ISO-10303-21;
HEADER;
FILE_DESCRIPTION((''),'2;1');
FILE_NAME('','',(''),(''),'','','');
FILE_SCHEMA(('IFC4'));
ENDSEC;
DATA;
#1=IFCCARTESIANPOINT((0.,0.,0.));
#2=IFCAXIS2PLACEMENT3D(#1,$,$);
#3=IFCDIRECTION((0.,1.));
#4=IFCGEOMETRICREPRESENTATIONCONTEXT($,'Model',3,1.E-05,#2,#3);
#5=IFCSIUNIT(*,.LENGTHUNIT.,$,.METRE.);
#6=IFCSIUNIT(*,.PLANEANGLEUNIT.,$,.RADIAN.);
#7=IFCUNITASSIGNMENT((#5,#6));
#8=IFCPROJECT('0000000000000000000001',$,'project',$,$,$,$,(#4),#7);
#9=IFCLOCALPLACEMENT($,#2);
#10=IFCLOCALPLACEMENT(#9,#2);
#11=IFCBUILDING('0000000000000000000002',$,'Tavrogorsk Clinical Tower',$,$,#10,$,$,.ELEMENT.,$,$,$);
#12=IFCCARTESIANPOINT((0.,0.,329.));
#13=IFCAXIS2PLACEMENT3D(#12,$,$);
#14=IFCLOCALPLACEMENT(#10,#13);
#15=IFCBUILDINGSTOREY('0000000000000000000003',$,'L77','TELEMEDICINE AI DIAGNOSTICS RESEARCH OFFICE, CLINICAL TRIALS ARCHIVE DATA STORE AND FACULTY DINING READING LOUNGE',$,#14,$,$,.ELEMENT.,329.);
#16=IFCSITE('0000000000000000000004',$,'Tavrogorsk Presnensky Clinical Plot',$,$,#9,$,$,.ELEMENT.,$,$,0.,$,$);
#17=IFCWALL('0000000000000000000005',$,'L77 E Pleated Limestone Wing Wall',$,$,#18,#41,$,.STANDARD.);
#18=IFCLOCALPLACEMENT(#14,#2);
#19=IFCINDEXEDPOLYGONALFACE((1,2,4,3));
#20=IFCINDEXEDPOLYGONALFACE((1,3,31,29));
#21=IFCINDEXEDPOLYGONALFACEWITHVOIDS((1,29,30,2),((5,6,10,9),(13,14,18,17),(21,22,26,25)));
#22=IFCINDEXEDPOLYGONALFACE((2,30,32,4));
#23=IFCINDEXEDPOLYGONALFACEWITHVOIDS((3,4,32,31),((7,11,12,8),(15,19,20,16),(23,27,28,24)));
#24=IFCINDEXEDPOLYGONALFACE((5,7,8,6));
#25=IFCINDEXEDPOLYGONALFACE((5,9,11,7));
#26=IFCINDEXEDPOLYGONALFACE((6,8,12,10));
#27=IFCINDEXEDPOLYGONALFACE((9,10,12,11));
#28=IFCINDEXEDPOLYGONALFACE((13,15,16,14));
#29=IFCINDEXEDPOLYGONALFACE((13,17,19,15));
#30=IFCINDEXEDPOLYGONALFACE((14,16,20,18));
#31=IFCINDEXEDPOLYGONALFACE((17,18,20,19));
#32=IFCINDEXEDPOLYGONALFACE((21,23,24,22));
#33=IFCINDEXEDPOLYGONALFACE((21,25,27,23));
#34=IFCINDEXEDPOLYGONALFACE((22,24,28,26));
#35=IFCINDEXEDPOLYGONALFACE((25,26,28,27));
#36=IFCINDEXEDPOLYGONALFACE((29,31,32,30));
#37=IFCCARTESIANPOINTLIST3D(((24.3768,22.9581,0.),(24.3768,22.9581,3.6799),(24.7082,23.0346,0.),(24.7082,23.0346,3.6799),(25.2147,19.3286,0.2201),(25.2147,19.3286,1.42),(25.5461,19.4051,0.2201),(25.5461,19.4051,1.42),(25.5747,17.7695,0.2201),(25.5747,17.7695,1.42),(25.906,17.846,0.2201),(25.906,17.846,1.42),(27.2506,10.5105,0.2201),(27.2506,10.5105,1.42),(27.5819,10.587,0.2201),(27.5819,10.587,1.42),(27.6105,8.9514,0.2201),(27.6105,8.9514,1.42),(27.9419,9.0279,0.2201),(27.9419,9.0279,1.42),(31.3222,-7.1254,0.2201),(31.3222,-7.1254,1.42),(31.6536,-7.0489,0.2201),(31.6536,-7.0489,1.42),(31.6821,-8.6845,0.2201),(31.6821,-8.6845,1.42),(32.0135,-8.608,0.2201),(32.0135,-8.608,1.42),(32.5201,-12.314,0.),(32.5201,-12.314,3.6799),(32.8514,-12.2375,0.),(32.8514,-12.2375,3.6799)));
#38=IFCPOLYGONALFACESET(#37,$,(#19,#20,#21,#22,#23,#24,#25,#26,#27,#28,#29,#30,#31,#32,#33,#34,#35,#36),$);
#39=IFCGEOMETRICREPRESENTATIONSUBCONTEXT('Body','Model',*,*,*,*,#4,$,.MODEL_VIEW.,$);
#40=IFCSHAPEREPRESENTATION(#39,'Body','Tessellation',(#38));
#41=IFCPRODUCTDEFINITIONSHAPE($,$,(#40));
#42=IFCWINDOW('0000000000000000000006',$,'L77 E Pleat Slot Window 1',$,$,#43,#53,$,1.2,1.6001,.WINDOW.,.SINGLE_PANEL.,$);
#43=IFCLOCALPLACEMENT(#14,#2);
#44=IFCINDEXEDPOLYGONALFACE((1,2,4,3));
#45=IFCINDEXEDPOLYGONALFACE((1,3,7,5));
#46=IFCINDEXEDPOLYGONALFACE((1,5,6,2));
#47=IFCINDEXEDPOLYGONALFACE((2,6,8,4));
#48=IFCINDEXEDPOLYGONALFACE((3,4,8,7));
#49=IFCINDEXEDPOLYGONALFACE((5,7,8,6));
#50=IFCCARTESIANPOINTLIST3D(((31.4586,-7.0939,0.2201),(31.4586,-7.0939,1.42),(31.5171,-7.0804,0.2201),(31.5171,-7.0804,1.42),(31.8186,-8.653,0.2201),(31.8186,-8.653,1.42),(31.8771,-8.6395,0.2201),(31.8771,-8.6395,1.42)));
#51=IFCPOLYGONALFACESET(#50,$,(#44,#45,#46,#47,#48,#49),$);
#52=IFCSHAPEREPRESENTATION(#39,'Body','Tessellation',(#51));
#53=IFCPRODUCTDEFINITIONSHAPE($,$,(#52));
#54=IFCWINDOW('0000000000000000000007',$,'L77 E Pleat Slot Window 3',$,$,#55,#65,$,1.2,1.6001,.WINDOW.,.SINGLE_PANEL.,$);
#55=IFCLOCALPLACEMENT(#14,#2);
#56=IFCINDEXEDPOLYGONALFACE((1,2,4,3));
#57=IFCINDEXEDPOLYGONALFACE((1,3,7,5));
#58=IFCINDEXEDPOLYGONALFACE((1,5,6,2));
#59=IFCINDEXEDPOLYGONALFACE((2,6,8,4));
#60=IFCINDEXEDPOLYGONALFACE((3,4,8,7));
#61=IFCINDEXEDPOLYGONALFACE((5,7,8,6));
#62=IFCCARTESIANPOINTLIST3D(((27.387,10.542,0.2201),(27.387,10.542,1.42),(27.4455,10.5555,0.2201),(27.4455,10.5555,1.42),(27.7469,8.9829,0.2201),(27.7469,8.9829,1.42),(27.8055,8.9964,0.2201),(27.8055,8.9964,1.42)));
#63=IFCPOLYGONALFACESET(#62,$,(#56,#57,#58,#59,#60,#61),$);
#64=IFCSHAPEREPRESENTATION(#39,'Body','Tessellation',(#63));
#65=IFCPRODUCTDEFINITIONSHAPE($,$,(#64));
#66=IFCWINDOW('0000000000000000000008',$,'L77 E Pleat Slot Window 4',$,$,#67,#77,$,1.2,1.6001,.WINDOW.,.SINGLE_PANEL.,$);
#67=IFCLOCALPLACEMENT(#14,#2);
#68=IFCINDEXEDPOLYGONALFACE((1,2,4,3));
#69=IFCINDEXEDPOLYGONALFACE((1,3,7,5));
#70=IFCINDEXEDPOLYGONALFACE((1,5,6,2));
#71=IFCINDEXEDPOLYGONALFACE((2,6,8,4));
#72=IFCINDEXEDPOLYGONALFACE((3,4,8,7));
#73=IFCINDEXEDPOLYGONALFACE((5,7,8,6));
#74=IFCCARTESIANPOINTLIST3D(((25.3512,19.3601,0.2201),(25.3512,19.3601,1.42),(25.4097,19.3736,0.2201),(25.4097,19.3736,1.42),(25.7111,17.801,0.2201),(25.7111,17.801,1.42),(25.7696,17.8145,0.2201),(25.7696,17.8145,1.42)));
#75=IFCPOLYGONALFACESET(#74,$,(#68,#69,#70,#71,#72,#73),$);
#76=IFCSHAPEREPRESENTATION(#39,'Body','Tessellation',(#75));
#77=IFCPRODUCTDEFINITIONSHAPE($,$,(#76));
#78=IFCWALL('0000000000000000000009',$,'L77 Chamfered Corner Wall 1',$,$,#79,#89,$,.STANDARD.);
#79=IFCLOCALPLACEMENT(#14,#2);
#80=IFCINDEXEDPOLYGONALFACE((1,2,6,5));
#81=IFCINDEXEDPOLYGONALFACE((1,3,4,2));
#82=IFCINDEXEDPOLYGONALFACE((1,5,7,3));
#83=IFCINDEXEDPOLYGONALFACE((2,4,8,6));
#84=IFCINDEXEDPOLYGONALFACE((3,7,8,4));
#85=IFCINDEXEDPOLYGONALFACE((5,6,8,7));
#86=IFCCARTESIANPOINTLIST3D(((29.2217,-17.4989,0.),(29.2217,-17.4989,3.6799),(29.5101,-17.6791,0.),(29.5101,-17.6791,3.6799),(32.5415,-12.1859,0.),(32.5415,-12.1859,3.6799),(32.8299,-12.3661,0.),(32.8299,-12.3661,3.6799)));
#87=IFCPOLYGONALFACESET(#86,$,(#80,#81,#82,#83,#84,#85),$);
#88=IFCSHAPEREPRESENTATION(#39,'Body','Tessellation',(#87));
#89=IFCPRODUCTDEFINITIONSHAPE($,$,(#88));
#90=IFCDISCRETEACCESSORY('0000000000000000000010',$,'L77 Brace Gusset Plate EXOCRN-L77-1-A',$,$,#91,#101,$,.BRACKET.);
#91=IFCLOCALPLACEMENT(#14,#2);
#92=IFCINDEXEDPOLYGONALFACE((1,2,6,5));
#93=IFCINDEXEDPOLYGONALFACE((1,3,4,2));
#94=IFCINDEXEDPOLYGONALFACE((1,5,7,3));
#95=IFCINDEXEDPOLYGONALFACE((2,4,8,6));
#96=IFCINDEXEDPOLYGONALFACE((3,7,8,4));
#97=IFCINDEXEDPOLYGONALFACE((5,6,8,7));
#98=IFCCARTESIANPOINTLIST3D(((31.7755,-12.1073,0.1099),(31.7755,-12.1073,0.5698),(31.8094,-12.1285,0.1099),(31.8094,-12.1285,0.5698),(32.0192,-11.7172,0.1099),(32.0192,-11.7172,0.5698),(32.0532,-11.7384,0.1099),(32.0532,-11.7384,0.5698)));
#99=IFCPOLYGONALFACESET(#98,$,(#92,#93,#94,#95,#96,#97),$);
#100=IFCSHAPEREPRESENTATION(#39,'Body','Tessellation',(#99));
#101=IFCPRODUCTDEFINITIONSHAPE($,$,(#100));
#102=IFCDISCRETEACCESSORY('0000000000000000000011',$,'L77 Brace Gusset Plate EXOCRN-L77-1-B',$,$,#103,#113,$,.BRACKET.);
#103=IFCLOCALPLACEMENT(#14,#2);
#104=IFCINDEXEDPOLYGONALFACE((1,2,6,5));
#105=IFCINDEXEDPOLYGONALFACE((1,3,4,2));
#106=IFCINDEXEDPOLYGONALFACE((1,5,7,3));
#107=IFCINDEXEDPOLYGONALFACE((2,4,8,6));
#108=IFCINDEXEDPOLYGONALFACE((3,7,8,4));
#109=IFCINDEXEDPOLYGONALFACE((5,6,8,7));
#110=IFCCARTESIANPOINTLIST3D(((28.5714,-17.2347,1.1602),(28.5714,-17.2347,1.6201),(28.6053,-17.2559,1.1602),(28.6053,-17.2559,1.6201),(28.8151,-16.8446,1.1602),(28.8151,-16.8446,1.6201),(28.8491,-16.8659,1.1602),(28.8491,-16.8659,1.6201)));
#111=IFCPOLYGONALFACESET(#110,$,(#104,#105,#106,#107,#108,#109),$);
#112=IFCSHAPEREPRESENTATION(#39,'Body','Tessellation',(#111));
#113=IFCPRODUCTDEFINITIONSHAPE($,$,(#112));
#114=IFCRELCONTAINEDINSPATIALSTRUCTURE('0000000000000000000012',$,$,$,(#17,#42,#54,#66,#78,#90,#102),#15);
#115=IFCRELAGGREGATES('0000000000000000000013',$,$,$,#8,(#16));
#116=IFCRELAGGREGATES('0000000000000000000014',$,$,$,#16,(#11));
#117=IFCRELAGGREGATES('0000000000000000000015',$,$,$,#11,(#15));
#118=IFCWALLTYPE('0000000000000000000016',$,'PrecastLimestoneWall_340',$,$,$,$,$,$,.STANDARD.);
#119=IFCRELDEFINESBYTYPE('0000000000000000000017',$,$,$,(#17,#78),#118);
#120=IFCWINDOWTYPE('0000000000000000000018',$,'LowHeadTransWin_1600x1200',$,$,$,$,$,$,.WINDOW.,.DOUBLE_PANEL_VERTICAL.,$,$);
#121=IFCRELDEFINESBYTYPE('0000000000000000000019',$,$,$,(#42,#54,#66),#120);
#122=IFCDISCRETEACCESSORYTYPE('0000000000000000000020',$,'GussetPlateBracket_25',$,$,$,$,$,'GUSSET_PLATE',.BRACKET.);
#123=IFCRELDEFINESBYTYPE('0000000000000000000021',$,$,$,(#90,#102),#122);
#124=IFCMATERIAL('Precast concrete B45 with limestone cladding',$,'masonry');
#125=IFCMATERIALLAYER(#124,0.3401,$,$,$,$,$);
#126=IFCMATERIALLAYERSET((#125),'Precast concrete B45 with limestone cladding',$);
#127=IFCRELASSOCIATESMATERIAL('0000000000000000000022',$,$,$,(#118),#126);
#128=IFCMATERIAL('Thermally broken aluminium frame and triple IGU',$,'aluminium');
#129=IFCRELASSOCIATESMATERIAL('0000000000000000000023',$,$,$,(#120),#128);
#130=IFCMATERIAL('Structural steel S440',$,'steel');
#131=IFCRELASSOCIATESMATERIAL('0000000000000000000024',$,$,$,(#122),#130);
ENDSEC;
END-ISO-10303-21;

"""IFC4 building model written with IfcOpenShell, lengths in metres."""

from ifc_helpers import new_model, si_unit, direction, frame, frame_2d, origin, origin_2d, place, context, subcontext, project, spatial, rectangle, extrude, material, layer, layer_set, type_object, element, fill, save


model = new_model("IFC4")

# Units and contexts
model_context = context("Model", 3, precision=1e-05, world=origin(), true_north=direction((0.0, 1.0)))
body_context = subcontext(model_context, "Body", "Model", "MODEL_VIEW")
ifc_project = project(units=[si_unit("LENGTHUNIT", "METRE"), si_unit("PLANEANGLEUNIT", "RADIAN")], contexts=[model_context])

# Site, building, storey
site_placement = place(None, origin())
site = spatial("IfcSite", under=ifc_project, at=site_placement, Name="Tavrogorsk Presnensky Clinical Plot", CompositionType="ELEMENT", RefElevation=0.0)
building_placement = place(site_placement, origin())
building = spatial("IfcBuilding", under=site, at=building_placement, Name="Tavrogorsk Clinical Tower", CompositionType="ELEMENT")
storey_placement = place(building_placement, frame((0.0, 0.0, 329.0)))
storey = spatial("IfcBuildingStorey", under=building, at=storey_placement, Name="L77", Description="TELEMEDICINE AI DIAGNOSTICS RESEARCH OFFICE, CLINICAL TRIALS ARCHIVE DATA STORE AND FACULTY DINING READING LOUNGE", CompositionType="ELEMENT", Elevation=329.0)

# Wall, openings, windows
ifc_material_1 = material(Name="Precast concrete B45 with limestone cladding", Category="masonry")
ifc_layer_1 = layer(ifc_material_1, 0.3401)
ifc_layer_set_1 = layer_set([ifc_layer_1], Name="Precast concrete B45 with limestone cladding")
wall_type_1 = type_object("IfcWallType", Name="PrecastLimestoneWall_340", PredefinedType="STANDARD", material=ifc_layer_set_1)
wall_1_placement = place(storey_placement, frame((32.6858, -12.2759, 0.0), z_axis=(0.0, 0.0, 1.0), x_axis=(-0.224953, 0.97437, 0.0)))
wall_1 = element("IfcWall", 1, at=wall_1_placement, inside=storey, type_object=wall_type_1, Name="L77 E Pleated Limestone Wing Wall", PredefinedType="STANDARD", context=body_context, shape_type="SweptSolid", body=[
    extrude(rectangle(XDim=36.2, YDim=0.3401, at=frame_2d((18.1001, 0.0))), origin(), (0.0, 0.0, 1.0), 3.6799),
])
opening_1_placement = place(wall_1_placement, frame((3.7251, 0.0, 0.22)))
opening_1 = element("IfcOpeningElement", 2, at=opening_1_placement, cuts=wall_1, PredefinedType="OPENING", context=body_context, shape_type="SweptSolid", body=[
    extrude(rectangle(XDim=1.6001, YDim=1.2, at=frame_2d((0.8, 0.6001))), frame((0.0, 0.1799, 0.0), z_axis=(0.0, -1.0, 0.0), x_axis=(1.0, 0.0, 0.0)), (0.0, 0.0, 1.0), 0.3601),
])
opening_2_placement = place(wall_1_placement, frame((21.825, 0.0, 0.22)))
opening_2 = element("IfcOpeningElement", 3, at=opening_2_placement, cuts=wall_1, PredefinedType="OPENING", context=body_context, shape_type="SweptSolid", body=[
    extrude(rectangle(XDim=1.6001, YDim=1.2, at=frame_2d((0.8, 0.6001))), frame((0.0, 0.1799, 0.0), z_axis=(0.0, -1.0, 0.0), x_axis=(1.0, 0.0, 0.0)), (0.0, 0.0, 1.0), 0.3601),
])
opening_3_placement = place(wall_1_placement, frame((30.875, 0.0, 0.22)))
opening_3 = element("IfcOpeningElement", 4, at=opening_3_placement, cuts=wall_1, PredefinedType="OPENING", context=body_context, shape_type="SweptSolid", body=[
    extrude(rectangle(XDim=1.6001, YDim=1.2, at=frame_2d((0.8, 0.6001))), frame((0.0, 0.1799, 0.0), z_axis=(0.0, -1.0, 0.0), x_axis=(1.0, 0.0, 0.0)), (0.0, 0.0, 1.0), 0.3601),
])
ifc_material_2 = material(Name="Thermally broken aluminium frame and triple IGU", Category="aluminium")
window_type = type_object("IfcWindowType", Name="LowHeadTransWin_1600x1200", PartitioningType="DOUBLE_PANEL_VERTICAL", PredefinedType="WINDOW", material=ifc_material_2)
window_1_placement = place(opening_1_placement, origin())
window_1 = element("IfcWindow", 5, at=window_1_placement, inside=storey, type_object=window_type, Name="L77 E Pleat Slot Window 1", OverallHeight=1.2, OverallWidth=1.6001, PartitioningType="SINGLE_PANEL", PredefinedType="WINDOW", context=body_context, shape_type="SweptSolid", body=[
    extrude(rectangle(XDim=1.6001, YDim=1.2, at=frame_2d((0.8, 0.6001))), frame((0.0, 0.03, 0.0), z_axis=(0.0, -1.0, 0.0), x_axis=(1.0, 0.0, 0.0)), (0.0, 0.0, 1.0), 0.0601),
])
fill(opening_1, window_1)
window_2_placement = place(opening_2_placement, origin())
window_2 = element("IfcWindow", 6, at=window_2_placement, inside=storey, type_object=window_type, Name="L77 E Pleat Slot Window 3", OverallHeight=1.2, OverallWidth=1.6001, PartitioningType="SINGLE_PANEL", PredefinedType="WINDOW", context=body_context, shape_type="SweptSolid", body=[
    extrude(rectangle(XDim=1.6001, YDim=1.2, at=frame_2d((0.8, 0.6001))), frame((0.0, 0.03, 0.0), z_axis=(0.0, -1.0, 0.0), x_axis=(1.0, 0.0, 0.0)), (0.0, 0.0, 1.0), 0.0601),
])
fill(opening_2, window_2)
window_3_placement = place(opening_3_placement, origin())
window_3 = element("IfcWindow", 7, at=window_3_placement, inside=storey, type_object=window_type, Name="L77 E Pleat Slot Window 4", OverallHeight=1.2, OverallWidth=1.6001, PartitioningType="SINGLE_PANEL", PredefinedType="WINDOW", context=body_context, shape_type="SweptSolid", body=[
    extrude(rectangle(XDim=1.6001, YDim=1.2, at=frame_2d((0.8, 0.6001))), frame((0.0, 0.03, 0.0), z_axis=(0.0, -1.0, 0.0), x_axis=(1.0, 0.0, 0.0)), (0.0, 0.0, 1.0), 0.0601),
])
fill(opening_3, window_3)

# Wall
wall_2_placement = place(storey_placement, frame((29.366, -17.5889, 0.0), z_axis=(0.0, 0.0, 1.0), x_axis=(0.529908, 0.848055, 0.0)))
element("IfcWall", 8, at=wall_2_placement, inside=storey, type_object=wall_type_1, Name="L77 Chamfered Corner Wall 1", PredefinedType="STANDARD", context=body_context, shape_type="SweptSolid", body=[
    extrude(rectangle(XDim=6.2649, YDim=0.3401, at=frame_2d((3.1323, 0.0))), origin(), (0.0, 0.0, 1.0), 3.6799),
])

# Discrete accessories
ifc_material_3 = material(Name="Structural steel S440", Category="steel")
discrete_accessory_type = type_object("IfcDiscreteAccessoryType", Name="GussetPlateBracket_25", ElementType="GUSSET_PLATE", PredefinedType="BRACKET", material=ifc_material_3)
for number, where, z_axis, x_axis, name in (
    (9, (31.9143, -11.9229, 0.1099), (0.0, 0.0, 1.0), (-0.529919, -0.848048, 0.0), "L77 Brace Gusset Plate EXOCRN-L77-1-A"),
    (10, (28.7102, -17.0503, 1.1602), (0.0, 0.0, 1.0), (-0.529919, -0.848048, 0.0), "L77 Brace Gusset Plate EXOCRN-L77-1-B"),
):
    element("IfcDiscreteAccessory", number, at=place(storey_placement, frame(where, z_axis=z_axis, x_axis=x_axis)), inside=storey, type_object=discrete_accessory_type, Name=name, PredefinedType="BRACKET", context=body_context, shape_type="SweptSolid", body=[
        extrude(rectangle(XDim=0.46, YDim=0.04, at=origin_2d()), origin(), (0.0, 0.0, 1.0), 0.46),
    ])

save(model, "model.ifc")
